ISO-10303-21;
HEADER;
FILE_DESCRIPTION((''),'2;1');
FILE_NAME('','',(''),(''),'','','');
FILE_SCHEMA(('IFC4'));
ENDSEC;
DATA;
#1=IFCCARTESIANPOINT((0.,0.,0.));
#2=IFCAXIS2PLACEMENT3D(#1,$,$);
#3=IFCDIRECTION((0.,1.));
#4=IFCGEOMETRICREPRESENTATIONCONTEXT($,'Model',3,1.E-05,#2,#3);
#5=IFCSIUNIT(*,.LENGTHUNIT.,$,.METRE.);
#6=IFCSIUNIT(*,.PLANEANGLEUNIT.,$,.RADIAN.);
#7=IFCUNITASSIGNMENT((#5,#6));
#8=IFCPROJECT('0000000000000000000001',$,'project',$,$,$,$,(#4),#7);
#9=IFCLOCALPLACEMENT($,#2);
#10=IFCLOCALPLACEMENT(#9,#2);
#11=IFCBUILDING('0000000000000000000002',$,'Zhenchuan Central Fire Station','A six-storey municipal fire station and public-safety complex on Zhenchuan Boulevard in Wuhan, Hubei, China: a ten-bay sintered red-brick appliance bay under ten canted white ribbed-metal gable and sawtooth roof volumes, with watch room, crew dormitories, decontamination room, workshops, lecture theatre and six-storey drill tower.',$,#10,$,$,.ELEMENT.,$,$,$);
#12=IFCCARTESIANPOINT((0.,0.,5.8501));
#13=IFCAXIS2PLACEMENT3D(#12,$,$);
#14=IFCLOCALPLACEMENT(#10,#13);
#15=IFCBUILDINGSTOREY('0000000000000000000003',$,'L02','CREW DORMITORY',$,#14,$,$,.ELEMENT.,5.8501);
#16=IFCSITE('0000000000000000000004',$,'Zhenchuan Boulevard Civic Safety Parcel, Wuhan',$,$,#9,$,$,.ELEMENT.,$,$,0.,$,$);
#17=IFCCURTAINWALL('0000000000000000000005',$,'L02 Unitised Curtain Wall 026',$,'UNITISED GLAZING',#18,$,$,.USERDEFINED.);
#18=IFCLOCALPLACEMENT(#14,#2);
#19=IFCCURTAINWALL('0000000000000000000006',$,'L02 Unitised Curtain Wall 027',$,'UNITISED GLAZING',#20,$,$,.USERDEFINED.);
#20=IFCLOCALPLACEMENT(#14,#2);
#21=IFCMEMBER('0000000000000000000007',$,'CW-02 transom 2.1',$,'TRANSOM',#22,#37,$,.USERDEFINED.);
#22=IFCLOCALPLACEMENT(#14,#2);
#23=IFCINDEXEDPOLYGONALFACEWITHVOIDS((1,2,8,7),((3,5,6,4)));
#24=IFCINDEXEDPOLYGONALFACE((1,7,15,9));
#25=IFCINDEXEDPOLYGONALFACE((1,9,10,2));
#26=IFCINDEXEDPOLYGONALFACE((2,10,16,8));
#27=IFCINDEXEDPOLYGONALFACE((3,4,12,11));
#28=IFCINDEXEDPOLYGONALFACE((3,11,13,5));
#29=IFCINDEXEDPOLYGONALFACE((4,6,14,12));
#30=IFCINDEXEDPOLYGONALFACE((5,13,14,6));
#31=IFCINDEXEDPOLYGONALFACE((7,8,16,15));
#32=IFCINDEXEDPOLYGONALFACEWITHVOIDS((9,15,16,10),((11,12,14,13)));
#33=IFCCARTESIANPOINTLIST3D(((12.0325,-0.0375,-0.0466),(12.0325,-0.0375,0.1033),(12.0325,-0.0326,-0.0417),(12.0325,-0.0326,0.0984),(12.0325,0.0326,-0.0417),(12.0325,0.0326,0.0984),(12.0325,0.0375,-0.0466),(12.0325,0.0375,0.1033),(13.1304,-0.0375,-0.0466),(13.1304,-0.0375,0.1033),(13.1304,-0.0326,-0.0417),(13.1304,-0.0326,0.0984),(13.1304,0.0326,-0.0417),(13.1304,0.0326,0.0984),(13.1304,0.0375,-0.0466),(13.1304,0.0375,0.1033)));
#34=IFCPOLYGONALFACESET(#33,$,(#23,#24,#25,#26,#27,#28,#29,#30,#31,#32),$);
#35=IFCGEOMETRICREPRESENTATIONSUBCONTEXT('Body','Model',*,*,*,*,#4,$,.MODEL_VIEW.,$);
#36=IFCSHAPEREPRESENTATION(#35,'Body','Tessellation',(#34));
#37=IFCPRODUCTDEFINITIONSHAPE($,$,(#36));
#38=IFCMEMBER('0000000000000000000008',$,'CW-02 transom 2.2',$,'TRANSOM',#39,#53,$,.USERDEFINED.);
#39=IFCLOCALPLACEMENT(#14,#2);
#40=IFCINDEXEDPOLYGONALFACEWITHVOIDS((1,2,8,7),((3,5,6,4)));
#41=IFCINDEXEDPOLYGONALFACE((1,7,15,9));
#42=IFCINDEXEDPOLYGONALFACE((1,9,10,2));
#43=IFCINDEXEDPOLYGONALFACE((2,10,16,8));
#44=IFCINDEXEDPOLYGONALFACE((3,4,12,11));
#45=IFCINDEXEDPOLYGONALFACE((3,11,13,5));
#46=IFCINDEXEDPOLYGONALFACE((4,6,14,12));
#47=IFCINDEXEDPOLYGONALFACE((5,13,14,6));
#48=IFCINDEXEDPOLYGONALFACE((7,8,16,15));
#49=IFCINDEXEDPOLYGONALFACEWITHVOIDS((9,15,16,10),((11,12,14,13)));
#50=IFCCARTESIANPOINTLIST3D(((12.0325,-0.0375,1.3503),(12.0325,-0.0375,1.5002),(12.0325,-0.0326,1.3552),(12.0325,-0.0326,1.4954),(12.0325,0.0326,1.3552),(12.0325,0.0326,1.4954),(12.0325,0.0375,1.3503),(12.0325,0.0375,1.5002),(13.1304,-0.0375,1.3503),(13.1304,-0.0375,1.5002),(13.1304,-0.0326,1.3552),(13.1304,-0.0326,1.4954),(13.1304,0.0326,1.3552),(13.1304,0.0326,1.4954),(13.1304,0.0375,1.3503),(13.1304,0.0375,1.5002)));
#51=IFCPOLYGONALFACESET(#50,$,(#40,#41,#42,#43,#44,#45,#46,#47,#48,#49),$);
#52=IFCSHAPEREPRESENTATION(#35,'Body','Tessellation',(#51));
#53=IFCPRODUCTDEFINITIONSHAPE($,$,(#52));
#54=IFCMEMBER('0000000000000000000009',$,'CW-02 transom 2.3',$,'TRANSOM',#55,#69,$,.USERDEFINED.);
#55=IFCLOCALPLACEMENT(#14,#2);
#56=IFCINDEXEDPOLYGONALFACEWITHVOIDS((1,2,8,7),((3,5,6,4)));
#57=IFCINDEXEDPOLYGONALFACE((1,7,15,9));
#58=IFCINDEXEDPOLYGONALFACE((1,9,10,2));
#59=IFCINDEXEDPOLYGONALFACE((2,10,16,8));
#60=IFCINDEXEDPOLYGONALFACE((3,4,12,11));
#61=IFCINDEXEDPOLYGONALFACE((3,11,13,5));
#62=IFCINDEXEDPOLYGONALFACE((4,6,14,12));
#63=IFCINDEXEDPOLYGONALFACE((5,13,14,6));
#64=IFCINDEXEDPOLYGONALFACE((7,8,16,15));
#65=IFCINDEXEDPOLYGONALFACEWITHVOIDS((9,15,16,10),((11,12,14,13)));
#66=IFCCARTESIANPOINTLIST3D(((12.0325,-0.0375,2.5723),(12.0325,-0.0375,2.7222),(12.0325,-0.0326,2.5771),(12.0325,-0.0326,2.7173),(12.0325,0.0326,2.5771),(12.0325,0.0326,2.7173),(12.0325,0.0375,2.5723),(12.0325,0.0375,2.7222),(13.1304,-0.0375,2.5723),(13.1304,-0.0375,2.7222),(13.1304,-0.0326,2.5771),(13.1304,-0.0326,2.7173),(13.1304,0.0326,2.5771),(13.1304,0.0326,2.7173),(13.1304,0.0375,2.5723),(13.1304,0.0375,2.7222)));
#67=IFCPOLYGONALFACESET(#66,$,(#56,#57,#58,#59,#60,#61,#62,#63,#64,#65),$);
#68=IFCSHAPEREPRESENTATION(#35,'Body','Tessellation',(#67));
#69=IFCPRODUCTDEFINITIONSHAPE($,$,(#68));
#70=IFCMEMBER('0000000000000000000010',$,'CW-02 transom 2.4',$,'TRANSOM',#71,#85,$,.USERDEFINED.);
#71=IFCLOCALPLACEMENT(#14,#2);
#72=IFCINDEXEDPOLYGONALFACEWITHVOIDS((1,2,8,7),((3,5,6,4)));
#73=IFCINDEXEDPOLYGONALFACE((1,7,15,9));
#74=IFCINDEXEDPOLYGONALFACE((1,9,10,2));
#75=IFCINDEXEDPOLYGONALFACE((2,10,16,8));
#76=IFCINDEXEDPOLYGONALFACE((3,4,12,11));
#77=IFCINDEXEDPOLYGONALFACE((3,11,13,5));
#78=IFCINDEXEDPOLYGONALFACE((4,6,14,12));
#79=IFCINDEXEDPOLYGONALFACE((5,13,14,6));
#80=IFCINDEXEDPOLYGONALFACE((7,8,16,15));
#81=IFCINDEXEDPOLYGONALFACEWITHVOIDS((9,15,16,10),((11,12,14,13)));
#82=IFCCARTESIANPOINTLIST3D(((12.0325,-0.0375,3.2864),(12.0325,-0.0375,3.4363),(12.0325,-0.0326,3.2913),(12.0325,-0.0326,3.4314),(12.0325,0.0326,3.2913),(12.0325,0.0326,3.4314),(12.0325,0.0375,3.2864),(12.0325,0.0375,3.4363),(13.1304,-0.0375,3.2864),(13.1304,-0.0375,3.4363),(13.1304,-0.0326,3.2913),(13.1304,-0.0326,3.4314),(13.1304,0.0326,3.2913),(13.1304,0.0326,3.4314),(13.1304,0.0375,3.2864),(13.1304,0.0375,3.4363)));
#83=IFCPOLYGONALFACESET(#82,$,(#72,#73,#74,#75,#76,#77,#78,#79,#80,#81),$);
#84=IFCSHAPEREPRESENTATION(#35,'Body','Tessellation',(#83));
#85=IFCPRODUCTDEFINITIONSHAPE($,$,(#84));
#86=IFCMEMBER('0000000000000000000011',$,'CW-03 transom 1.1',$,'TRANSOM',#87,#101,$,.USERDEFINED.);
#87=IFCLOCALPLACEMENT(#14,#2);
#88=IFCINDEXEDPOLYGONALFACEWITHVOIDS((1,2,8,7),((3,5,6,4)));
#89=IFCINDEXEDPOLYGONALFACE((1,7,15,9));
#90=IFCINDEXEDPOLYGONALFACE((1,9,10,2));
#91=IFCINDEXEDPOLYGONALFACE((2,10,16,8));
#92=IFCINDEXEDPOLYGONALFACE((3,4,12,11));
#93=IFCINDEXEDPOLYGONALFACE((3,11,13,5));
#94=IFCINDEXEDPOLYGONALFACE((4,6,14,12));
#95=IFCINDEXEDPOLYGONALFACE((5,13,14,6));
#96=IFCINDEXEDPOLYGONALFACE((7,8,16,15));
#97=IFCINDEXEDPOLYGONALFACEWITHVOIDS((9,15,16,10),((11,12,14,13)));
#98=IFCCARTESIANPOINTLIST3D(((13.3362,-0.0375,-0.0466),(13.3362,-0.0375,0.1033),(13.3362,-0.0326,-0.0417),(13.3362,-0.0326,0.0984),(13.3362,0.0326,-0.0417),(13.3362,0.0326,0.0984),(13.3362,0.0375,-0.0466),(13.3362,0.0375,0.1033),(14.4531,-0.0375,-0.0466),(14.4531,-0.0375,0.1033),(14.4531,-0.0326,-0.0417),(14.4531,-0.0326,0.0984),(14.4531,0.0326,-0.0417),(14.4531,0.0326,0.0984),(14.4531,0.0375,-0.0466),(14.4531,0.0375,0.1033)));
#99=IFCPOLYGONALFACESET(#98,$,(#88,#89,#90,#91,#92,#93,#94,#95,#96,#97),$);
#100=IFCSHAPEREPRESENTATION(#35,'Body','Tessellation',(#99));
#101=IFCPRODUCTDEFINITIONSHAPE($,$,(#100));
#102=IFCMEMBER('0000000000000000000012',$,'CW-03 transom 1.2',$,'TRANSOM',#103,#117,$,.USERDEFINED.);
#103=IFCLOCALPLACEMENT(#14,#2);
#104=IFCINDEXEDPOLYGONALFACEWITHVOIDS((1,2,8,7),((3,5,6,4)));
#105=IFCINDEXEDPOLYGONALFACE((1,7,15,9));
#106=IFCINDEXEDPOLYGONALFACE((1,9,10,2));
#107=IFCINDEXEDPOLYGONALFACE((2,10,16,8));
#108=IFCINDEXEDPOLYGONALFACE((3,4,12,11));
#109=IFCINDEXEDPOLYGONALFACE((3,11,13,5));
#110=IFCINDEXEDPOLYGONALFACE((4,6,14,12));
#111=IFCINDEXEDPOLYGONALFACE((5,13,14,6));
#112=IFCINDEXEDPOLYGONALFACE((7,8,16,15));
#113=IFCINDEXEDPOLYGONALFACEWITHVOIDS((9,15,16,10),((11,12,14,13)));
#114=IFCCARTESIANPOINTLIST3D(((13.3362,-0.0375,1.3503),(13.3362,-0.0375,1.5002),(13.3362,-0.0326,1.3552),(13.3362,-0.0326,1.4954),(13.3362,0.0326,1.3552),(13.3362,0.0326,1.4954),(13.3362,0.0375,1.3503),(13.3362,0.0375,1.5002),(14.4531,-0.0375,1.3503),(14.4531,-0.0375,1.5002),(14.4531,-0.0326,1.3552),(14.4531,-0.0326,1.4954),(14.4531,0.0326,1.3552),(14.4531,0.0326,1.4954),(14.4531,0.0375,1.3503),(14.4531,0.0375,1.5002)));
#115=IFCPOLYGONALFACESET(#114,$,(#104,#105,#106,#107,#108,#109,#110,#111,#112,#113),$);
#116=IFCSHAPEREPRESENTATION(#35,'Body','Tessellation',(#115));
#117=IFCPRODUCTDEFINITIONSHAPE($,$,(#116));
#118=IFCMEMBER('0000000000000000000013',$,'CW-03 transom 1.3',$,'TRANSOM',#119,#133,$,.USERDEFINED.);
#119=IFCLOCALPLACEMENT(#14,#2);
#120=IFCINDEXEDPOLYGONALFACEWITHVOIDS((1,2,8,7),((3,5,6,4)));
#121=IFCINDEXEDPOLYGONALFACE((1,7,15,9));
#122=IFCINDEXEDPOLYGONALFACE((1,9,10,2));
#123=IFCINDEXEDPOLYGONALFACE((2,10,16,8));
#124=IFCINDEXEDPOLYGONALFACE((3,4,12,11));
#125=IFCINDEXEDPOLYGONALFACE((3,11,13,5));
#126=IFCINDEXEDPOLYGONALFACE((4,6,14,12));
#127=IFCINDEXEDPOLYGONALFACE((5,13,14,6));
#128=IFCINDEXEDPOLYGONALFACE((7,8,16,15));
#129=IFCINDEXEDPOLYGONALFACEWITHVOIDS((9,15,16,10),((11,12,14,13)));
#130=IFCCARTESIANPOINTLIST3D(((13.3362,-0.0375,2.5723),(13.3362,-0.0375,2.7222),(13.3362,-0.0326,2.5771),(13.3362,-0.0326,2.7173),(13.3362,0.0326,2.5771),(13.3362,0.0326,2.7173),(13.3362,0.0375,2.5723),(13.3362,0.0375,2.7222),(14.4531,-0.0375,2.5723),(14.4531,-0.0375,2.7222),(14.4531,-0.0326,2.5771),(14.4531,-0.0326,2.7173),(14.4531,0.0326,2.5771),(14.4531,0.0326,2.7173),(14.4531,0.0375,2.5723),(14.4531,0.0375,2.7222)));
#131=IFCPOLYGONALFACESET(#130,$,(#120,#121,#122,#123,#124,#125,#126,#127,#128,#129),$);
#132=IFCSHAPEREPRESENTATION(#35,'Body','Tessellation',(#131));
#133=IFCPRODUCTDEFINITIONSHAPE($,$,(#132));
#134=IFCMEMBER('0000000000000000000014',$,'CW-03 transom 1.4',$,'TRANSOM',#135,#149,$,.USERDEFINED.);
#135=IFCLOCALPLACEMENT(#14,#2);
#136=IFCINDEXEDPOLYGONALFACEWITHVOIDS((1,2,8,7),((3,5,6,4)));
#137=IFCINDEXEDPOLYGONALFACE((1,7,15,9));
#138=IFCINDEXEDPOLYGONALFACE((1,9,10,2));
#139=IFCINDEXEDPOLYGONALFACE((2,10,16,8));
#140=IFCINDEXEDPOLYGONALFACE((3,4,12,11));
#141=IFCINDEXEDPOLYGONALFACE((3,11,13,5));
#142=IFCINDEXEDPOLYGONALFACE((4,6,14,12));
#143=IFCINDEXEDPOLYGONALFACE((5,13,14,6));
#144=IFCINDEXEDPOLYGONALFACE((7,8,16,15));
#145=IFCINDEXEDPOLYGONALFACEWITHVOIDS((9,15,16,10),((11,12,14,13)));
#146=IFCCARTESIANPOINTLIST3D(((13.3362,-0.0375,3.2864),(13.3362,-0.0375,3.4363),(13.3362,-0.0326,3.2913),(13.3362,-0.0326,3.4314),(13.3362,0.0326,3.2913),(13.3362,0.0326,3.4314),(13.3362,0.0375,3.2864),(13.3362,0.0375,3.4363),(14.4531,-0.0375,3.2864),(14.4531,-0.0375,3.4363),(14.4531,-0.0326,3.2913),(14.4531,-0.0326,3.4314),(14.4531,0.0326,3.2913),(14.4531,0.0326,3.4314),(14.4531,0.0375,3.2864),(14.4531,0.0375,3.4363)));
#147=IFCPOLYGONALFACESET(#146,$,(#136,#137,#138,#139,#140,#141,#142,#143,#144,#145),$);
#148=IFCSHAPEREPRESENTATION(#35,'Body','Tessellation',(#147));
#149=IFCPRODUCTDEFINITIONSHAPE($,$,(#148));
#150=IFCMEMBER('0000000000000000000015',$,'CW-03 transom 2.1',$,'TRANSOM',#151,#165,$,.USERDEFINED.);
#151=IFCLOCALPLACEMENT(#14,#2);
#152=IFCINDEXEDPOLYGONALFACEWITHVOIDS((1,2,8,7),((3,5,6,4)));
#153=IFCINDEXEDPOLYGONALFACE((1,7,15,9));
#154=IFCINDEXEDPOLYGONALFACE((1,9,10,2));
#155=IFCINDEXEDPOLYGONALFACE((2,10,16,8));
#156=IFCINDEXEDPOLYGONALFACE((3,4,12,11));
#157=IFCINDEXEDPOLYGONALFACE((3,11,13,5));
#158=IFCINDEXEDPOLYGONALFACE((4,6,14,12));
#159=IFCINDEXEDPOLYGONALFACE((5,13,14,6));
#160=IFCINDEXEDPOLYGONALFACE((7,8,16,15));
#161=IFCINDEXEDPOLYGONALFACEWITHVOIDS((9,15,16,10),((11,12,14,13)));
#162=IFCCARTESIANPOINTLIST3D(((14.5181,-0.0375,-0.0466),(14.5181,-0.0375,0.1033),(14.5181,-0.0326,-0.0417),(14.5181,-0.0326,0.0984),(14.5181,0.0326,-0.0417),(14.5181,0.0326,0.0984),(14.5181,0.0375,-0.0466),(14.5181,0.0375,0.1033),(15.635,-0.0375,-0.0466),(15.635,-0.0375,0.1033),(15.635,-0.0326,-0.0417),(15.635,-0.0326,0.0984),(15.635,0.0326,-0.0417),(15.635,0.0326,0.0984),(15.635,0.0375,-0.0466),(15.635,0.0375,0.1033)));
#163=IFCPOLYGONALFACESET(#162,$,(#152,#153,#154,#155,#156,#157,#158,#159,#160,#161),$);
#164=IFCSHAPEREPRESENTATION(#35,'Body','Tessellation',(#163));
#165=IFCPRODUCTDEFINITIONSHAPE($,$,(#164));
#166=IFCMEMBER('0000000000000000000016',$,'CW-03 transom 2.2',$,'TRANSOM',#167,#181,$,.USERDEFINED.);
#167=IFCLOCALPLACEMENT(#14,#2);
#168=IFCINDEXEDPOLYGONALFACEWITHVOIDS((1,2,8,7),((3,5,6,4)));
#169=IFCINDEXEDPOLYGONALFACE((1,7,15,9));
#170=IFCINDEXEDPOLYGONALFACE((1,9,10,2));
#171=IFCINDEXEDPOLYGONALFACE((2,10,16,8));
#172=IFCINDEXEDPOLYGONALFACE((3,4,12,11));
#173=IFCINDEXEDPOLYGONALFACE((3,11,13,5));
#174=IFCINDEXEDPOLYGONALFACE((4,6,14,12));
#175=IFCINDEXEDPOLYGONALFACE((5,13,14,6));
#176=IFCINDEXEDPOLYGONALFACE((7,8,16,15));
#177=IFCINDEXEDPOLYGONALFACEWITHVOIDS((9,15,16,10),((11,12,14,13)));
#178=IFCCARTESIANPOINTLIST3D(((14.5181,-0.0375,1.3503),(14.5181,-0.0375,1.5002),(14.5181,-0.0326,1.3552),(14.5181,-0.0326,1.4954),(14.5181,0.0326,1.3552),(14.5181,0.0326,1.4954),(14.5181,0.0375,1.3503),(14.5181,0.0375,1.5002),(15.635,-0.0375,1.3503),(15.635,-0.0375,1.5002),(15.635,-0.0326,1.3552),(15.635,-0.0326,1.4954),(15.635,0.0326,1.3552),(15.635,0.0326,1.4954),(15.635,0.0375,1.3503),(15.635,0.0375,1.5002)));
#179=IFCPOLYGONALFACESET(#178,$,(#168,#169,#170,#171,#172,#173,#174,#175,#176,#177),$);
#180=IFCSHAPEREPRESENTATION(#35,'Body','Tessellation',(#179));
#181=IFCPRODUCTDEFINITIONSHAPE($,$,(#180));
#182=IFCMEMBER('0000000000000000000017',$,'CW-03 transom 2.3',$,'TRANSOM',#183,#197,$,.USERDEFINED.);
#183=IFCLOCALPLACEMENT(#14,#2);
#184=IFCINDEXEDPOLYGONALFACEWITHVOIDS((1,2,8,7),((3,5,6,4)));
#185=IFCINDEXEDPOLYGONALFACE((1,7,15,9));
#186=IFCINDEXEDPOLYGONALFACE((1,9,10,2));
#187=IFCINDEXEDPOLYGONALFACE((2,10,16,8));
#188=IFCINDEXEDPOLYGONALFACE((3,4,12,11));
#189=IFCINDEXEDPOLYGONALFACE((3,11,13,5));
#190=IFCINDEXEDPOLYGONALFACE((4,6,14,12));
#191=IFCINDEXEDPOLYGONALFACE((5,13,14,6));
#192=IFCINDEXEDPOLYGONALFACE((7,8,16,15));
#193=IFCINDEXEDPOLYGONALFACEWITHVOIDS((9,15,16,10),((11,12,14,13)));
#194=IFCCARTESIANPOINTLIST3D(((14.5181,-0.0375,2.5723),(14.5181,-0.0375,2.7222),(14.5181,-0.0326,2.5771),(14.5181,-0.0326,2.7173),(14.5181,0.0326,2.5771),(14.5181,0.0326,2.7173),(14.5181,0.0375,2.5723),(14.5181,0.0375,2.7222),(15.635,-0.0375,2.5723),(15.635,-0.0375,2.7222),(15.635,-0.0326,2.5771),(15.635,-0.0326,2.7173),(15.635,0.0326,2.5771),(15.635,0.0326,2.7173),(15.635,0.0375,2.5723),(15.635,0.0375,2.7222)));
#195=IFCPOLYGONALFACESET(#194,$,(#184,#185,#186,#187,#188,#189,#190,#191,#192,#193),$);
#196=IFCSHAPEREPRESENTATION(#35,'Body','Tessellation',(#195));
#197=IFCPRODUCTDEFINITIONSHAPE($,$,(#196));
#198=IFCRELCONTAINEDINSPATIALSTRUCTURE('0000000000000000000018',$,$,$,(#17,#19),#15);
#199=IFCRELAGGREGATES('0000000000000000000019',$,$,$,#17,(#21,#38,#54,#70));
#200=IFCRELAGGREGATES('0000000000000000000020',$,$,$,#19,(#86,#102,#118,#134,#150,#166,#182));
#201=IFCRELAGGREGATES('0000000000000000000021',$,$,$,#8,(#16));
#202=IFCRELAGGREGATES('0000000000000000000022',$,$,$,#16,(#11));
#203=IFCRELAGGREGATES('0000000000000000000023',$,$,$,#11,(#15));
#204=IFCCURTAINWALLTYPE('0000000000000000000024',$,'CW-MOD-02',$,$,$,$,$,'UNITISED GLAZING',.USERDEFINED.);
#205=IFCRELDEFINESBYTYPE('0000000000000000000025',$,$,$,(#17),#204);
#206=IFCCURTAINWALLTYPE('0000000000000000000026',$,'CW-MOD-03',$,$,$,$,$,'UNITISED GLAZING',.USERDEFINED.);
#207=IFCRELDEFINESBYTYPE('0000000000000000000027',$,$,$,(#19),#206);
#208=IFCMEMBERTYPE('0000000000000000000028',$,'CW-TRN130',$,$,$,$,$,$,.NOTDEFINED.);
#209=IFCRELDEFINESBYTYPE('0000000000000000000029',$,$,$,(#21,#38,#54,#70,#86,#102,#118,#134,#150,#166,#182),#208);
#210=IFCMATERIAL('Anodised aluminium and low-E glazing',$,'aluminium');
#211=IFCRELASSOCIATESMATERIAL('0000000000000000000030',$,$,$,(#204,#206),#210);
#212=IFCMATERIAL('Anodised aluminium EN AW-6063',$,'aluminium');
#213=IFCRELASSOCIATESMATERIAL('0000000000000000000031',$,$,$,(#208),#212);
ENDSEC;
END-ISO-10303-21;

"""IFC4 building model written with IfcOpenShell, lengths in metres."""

from ifc_helpers import new_model, si_unit, direction, frame, origin, origin_2d, place, context, subcontext, project, spatial, hollow_rectangle, extrude, material, material_profile, profile_set, type_object, element, aggregate, save


model = new_model("IFC4")

# Units and contexts
model_context = context("Model", 3, precision=1e-05, world=origin(), true_north=direction((0.0, 1.0)))
body_context = subcontext(model_context, "Body", "Model", "MODEL_VIEW")
ifc_project = project(units=[si_unit("LENGTHUNIT", "METRE"), si_unit("PLANEANGLEUNIT", "RADIAN")], contexts=[model_context])

# Site, building, storey
site_placement = place(None, origin())
site = spatial("IfcSite", under=ifc_project, at=site_placement, Name="Zhenchuan Boulevard Civic Safety Parcel, Wuhan", CompositionType="ELEMENT", RefElevation=0.0)
building_placement = place(site_placement, origin())
building = spatial("IfcBuilding", under=site, at=building_placement, Name="Zhenchuan Central Fire Station", Description="A six-storey municipal fire station and public-safety complex on Zhenchuan Boulevard in Wuhan, Hubei, China: a ten-bay sintered red-brick appliance bay under ten canted white ribbed-metal gable and sawtooth roof volumes, with watch room, crew dormitories, decontamination room, workshops, lecture theatre and six-storey drill tower.", CompositionType="ELEMENT")
storey_placement = place(building_placement, frame((0.0, 0.0, 5.8501)))
storey = spatial("IfcBuildingStorey", under=building, at=storey_placement, Name="L02", Description="CREW DORMITORY", CompositionType="ELEMENT", Elevation=5.8501)

# Curtain walls
ifc_material_1 = material(Name="Anodised aluminium and low-E glazing", Category="aluminium")
curtain_wall_type_1 = type_object("IfcCurtainWallType", Name="CW-MOD-02", ElementType="UNITISED GLAZING", PredefinedType="USERDEFINED", material=ifc_material_1)
curtain_wall_1_placement = place(storey_placement, origin())
curtain_wall_1 = element("IfcCurtainWall", 1, at=curtain_wall_1_placement, inside=storey, type_object=curtain_wall_type_1, Name="L02 Unitised Curtain Wall 026", ObjectType="UNITISED GLAZING", PredefinedType="USERDEFINED")
ifc_material_2 = material(Name="Anodised aluminium EN AW-6063", Category="aluminium")
curtain_wall_type_2 = type_object("IfcCurtainWallType", Name="CW-MOD-03", ElementType="UNITISED GLAZING", PredefinedType="USERDEFINED", material=ifc_material_1)
curtain_wall_2_placement = place(storey_placement, origin())
curtain_wall_2 = element("IfcCurtainWall", 2, at=curtain_wall_2_placement, inside=storey, type_object=curtain_wall_type_2, Name="L02 Unitised Curtain Wall 027", ObjectType="UNITISED GLAZING", PredefinedType="USERDEFINED")

# Members
ifc_material_profile_1 = material_profile(ifc_material_2, hollow_rectangle(XDim=0.075, YDim=0.1499, WallThickness=0.0049, at=origin_2d()), Name="ALU-T 150x75")
ifc_profile_set_1 = profile_set([ifc_material_profile_1], Name="Anodised aluminium EN AW-6063")
member_type_1 = type_object("IfcMemberType", Name="CW-TRN130", PredefinedType="NOTDEFINED", material=ifc_profile_set_1)
member_1_placement = place(storey_placement, frame((12.0325, 0.0, 0.0283), z_axis=(1.0, 0.0, 0.0), x_axis=(0.0, 1.0, 0.0)))
member_1 = element("IfcMember", 3, at=member_1_placement, type_object=member_type_1, Name="CW-02 transom 2.1", ObjectType="TRANSOM", PredefinedType="USERDEFINED", context=body_context, shape_type="SweptSolid", body=[
    extrude(hollow_rectangle(XDim=0.075, YDim=0.1499, WallThickness=0.0049, at=origin_2d()), origin(), (0.0, 0.0, 1.0), 1.0979),
])
member_2_placement = place(storey_placement, frame((12.0325, 0.0, 1.4253), z_axis=(1.0, 0.0, 0.0), x_axis=(0.0, 1.0, 0.0)))
member_2 = element("IfcMember", 4, at=member_2_placement, type_object=member_type_1, Name="CW-02 transom 2.2", ObjectType="TRANSOM", PredefinedType="USERDEFINED", context=body_context, shape_type="SweptSolid", body=[
    extrude(hollow_rectangle(XDim=0.075, YDim=0.1499, WallThickness=0.0049, at=origin_2d()), origin(), (0.0, 0.0, 1.0), 1.0979),
])
member_3_placement = place(storey_placement, frame((12.0325, 0.0, 2.6472), z_axis=(1.0, 0.0, 0.0), x_axis=(0.0, 1.0, 0.0)))
member_3 = element("IfcMember", 5, at=member_3_placement, type_object=member_type_1, Name="CW-02 transom 2.3", ObjectType="TRANSOM", PredefinedType="USERDEFINED", context=body_context, shape_type="SweptSolid", body=[
    extrude(hollow_rectangle(XDim=0.075, YDim=0.1499, WallThickness=0.0049, at=origin_2d()), origin(), (0.0, 0.0, 1.0), 1.0979),
])
member_4_placement = place(storey_placement, frame((12.0325, 0.0, 3.3613), z_axis=(1.0, 0.0, 0.0), x_axis=(0.0, 1.0, 0.0)))
member_4 = element("IfcMember", 6, at=member_4_placement, type_object=member_type_1, Name="CW-02 transom 2.4", ObjectType="TRANSOM", PredefinedType="USERDEFINED", context=body_context, shape_type="SweptSolid", body=[
    extrude(hollow_rectangle(XDim=0.075, YDim=0.1499, WallThickness=0.0049, at=origin_2d()), origin(), (0.0, 0.0, 1.0), 1.0979),
])
member_5_placement = place(storey_placement, frame((13.3362, 0.0, 0.0283), z_axis=(1.0, 0.0, 0.0), x_axis=(0.0, 1.0, 0.0)))
member_5 = element("IfcMember", 7, at=member_5_placement, type_object=member_type_1, Name="CW-03 transom 1.1", ObjectType="TRANSOM", PredefinedType="USERDEFINED", context=body_context, shape_type="SweptSolid", body=[
    extrude(hollow_rectangle(XDim=0.075, YDim=0.1499, WallThickness=0.0049, at=origin_2d()), origin(), (0.0, 0.0, 1.0), 1.1169),
])
member_6_placement = place(storey_placement, frame((13.3362, 0.0, 1.4253), z_axis=(1.0, 0.0, 0.0), x_axis=(0.0, 1.0, 0.0)))
member_6 = element("IfcMember", 8, at=member_6_placement, type_object=member_type_1, Name="CW-03 transom 1.2", ObjectType="TRANSOM", PredefinedType="USERDEFINED", context=body_context, shape_type="SweptSolid", body=[
    extrude(hollow_rectangle(XDim=0.075, YDim=0.1499, WallThickness=0.0049, at=origin_2d()), origin(), (0.0, 0.0, 1.0), 1.1169),
])
member_7_placement = place(storey_placement, frame((13.3362, 0.0, 2.6472), z_axis=(1.0, 0.0, 0.0), x_axis=(0.0, 1.0, 0.0)))
member_7 = element("IfcMember", 9, at=member_7_placement, type_object=member_type_1, Name="CW-03 transom 1.3", ObjectType="TRANSOM", PredefinedType="USERDEFINED", context=body_context, shape_type="SweptSolid", body=[
    extrude(hollow_rectangle(XDim=0.075, YDim=0.1499, WallThickness=0.0049, at=origin_2d()), origin(), (0.0, 0.0, 1.0), 1.1169),
])
member_8_placement = place(storey_placement, frame((13.3362, 0.0, 3.3613), z_axis=(1.0, 0.0, 0.0), x_axis=(0.0, 1.0, 0.0)))
member_8 = element("IfcMember", 10, at=member_8_placement, type_object=member_type_1, Name="CW-03 transom 1.4", ObjectType="TRANSOM", PredefinedType="USERDEFINED", context=body_context, shape_type="SweptSolid", body=[
    extrude(hollow_rectangle(XDim=0.075, YDim=0.1499, WallThickness=0.0049, at=origin_2d()), origin(), (0.0, 0.0, 1.0), 1.1169),
])
member_9_placement = place(storey_placement, frame((14.5181, 0.0, 0.0283), z_axis=(1.0, 0.0, 0.0), x_axis=(0.0, 1.0, 0.0)))
member_9 = element("IfcMember", 11, at=member_9_placement, type_object=member_type_1, Name="CW-03 transom 2.1", ObjectType="TRANSOM", PredefinedType="USERDEFINED", context=body_context, shape_type="SweptSolid", body=[
    extrude(hollow_rectangle(XDim=0.075, YDim=0.1499, WallThickness=0.0049, at=origin_2d()), origin(), (0.0, 0.0, 1.0), 1.1169),
])
member_10_placement = place(storey_placement, frame((14.5181, 0.0, 1.4253), z_axis=(1.0, 0.0, 0.0), x_axis=(0.0, 1.0, 0.0)))
member_10 = element("IfcMember", 12, at=member_10_placement, type_object=member_type_1, Name="CW-03 transom 2.2", ObjectType="TRANSOM", PredefinedType="USERDEFINED", context=body_context, shape_type="SweptSolid", body=[
    extrude(hollow_rectangle(XDim=0.075, YDim=0.1499, WallThickness=0.0049, at=origin_2d()), origin(), (0.0, 0.0, 1.0), 1.1169),
])
member_11_placement = place(storey_placement, frame((14.5181, 0.0, 2.6472), z_axis=(1.0, 0.0, 0.0), x_axis=(0.0, 1.0, 0.0)))
member_11 = element("IfcMember", 13, at=member_11_placement, type_object=member_type_1, Name="CW-03 transom 2.3", ObjectType="TRANSOM", PredefinedType="USERDEFINED", context=body_context, shape_type="SweptSolid", body=[
    extrude(hollow_rectangle(XDim=0.075, YDim=0.1499, WallThickness=0.0049, at=origin_2d()), origin(), (0.0, 0.0, 1.0), 1.1169),
])

aggregate(curtain_wall_1, [member_1, member_2, member_3, member_4])
aggregate(curtain_wall_2, [member_5, member_6, member_7, member_8, member_9, member_10, member_11])

save(model, "model.ifc")
